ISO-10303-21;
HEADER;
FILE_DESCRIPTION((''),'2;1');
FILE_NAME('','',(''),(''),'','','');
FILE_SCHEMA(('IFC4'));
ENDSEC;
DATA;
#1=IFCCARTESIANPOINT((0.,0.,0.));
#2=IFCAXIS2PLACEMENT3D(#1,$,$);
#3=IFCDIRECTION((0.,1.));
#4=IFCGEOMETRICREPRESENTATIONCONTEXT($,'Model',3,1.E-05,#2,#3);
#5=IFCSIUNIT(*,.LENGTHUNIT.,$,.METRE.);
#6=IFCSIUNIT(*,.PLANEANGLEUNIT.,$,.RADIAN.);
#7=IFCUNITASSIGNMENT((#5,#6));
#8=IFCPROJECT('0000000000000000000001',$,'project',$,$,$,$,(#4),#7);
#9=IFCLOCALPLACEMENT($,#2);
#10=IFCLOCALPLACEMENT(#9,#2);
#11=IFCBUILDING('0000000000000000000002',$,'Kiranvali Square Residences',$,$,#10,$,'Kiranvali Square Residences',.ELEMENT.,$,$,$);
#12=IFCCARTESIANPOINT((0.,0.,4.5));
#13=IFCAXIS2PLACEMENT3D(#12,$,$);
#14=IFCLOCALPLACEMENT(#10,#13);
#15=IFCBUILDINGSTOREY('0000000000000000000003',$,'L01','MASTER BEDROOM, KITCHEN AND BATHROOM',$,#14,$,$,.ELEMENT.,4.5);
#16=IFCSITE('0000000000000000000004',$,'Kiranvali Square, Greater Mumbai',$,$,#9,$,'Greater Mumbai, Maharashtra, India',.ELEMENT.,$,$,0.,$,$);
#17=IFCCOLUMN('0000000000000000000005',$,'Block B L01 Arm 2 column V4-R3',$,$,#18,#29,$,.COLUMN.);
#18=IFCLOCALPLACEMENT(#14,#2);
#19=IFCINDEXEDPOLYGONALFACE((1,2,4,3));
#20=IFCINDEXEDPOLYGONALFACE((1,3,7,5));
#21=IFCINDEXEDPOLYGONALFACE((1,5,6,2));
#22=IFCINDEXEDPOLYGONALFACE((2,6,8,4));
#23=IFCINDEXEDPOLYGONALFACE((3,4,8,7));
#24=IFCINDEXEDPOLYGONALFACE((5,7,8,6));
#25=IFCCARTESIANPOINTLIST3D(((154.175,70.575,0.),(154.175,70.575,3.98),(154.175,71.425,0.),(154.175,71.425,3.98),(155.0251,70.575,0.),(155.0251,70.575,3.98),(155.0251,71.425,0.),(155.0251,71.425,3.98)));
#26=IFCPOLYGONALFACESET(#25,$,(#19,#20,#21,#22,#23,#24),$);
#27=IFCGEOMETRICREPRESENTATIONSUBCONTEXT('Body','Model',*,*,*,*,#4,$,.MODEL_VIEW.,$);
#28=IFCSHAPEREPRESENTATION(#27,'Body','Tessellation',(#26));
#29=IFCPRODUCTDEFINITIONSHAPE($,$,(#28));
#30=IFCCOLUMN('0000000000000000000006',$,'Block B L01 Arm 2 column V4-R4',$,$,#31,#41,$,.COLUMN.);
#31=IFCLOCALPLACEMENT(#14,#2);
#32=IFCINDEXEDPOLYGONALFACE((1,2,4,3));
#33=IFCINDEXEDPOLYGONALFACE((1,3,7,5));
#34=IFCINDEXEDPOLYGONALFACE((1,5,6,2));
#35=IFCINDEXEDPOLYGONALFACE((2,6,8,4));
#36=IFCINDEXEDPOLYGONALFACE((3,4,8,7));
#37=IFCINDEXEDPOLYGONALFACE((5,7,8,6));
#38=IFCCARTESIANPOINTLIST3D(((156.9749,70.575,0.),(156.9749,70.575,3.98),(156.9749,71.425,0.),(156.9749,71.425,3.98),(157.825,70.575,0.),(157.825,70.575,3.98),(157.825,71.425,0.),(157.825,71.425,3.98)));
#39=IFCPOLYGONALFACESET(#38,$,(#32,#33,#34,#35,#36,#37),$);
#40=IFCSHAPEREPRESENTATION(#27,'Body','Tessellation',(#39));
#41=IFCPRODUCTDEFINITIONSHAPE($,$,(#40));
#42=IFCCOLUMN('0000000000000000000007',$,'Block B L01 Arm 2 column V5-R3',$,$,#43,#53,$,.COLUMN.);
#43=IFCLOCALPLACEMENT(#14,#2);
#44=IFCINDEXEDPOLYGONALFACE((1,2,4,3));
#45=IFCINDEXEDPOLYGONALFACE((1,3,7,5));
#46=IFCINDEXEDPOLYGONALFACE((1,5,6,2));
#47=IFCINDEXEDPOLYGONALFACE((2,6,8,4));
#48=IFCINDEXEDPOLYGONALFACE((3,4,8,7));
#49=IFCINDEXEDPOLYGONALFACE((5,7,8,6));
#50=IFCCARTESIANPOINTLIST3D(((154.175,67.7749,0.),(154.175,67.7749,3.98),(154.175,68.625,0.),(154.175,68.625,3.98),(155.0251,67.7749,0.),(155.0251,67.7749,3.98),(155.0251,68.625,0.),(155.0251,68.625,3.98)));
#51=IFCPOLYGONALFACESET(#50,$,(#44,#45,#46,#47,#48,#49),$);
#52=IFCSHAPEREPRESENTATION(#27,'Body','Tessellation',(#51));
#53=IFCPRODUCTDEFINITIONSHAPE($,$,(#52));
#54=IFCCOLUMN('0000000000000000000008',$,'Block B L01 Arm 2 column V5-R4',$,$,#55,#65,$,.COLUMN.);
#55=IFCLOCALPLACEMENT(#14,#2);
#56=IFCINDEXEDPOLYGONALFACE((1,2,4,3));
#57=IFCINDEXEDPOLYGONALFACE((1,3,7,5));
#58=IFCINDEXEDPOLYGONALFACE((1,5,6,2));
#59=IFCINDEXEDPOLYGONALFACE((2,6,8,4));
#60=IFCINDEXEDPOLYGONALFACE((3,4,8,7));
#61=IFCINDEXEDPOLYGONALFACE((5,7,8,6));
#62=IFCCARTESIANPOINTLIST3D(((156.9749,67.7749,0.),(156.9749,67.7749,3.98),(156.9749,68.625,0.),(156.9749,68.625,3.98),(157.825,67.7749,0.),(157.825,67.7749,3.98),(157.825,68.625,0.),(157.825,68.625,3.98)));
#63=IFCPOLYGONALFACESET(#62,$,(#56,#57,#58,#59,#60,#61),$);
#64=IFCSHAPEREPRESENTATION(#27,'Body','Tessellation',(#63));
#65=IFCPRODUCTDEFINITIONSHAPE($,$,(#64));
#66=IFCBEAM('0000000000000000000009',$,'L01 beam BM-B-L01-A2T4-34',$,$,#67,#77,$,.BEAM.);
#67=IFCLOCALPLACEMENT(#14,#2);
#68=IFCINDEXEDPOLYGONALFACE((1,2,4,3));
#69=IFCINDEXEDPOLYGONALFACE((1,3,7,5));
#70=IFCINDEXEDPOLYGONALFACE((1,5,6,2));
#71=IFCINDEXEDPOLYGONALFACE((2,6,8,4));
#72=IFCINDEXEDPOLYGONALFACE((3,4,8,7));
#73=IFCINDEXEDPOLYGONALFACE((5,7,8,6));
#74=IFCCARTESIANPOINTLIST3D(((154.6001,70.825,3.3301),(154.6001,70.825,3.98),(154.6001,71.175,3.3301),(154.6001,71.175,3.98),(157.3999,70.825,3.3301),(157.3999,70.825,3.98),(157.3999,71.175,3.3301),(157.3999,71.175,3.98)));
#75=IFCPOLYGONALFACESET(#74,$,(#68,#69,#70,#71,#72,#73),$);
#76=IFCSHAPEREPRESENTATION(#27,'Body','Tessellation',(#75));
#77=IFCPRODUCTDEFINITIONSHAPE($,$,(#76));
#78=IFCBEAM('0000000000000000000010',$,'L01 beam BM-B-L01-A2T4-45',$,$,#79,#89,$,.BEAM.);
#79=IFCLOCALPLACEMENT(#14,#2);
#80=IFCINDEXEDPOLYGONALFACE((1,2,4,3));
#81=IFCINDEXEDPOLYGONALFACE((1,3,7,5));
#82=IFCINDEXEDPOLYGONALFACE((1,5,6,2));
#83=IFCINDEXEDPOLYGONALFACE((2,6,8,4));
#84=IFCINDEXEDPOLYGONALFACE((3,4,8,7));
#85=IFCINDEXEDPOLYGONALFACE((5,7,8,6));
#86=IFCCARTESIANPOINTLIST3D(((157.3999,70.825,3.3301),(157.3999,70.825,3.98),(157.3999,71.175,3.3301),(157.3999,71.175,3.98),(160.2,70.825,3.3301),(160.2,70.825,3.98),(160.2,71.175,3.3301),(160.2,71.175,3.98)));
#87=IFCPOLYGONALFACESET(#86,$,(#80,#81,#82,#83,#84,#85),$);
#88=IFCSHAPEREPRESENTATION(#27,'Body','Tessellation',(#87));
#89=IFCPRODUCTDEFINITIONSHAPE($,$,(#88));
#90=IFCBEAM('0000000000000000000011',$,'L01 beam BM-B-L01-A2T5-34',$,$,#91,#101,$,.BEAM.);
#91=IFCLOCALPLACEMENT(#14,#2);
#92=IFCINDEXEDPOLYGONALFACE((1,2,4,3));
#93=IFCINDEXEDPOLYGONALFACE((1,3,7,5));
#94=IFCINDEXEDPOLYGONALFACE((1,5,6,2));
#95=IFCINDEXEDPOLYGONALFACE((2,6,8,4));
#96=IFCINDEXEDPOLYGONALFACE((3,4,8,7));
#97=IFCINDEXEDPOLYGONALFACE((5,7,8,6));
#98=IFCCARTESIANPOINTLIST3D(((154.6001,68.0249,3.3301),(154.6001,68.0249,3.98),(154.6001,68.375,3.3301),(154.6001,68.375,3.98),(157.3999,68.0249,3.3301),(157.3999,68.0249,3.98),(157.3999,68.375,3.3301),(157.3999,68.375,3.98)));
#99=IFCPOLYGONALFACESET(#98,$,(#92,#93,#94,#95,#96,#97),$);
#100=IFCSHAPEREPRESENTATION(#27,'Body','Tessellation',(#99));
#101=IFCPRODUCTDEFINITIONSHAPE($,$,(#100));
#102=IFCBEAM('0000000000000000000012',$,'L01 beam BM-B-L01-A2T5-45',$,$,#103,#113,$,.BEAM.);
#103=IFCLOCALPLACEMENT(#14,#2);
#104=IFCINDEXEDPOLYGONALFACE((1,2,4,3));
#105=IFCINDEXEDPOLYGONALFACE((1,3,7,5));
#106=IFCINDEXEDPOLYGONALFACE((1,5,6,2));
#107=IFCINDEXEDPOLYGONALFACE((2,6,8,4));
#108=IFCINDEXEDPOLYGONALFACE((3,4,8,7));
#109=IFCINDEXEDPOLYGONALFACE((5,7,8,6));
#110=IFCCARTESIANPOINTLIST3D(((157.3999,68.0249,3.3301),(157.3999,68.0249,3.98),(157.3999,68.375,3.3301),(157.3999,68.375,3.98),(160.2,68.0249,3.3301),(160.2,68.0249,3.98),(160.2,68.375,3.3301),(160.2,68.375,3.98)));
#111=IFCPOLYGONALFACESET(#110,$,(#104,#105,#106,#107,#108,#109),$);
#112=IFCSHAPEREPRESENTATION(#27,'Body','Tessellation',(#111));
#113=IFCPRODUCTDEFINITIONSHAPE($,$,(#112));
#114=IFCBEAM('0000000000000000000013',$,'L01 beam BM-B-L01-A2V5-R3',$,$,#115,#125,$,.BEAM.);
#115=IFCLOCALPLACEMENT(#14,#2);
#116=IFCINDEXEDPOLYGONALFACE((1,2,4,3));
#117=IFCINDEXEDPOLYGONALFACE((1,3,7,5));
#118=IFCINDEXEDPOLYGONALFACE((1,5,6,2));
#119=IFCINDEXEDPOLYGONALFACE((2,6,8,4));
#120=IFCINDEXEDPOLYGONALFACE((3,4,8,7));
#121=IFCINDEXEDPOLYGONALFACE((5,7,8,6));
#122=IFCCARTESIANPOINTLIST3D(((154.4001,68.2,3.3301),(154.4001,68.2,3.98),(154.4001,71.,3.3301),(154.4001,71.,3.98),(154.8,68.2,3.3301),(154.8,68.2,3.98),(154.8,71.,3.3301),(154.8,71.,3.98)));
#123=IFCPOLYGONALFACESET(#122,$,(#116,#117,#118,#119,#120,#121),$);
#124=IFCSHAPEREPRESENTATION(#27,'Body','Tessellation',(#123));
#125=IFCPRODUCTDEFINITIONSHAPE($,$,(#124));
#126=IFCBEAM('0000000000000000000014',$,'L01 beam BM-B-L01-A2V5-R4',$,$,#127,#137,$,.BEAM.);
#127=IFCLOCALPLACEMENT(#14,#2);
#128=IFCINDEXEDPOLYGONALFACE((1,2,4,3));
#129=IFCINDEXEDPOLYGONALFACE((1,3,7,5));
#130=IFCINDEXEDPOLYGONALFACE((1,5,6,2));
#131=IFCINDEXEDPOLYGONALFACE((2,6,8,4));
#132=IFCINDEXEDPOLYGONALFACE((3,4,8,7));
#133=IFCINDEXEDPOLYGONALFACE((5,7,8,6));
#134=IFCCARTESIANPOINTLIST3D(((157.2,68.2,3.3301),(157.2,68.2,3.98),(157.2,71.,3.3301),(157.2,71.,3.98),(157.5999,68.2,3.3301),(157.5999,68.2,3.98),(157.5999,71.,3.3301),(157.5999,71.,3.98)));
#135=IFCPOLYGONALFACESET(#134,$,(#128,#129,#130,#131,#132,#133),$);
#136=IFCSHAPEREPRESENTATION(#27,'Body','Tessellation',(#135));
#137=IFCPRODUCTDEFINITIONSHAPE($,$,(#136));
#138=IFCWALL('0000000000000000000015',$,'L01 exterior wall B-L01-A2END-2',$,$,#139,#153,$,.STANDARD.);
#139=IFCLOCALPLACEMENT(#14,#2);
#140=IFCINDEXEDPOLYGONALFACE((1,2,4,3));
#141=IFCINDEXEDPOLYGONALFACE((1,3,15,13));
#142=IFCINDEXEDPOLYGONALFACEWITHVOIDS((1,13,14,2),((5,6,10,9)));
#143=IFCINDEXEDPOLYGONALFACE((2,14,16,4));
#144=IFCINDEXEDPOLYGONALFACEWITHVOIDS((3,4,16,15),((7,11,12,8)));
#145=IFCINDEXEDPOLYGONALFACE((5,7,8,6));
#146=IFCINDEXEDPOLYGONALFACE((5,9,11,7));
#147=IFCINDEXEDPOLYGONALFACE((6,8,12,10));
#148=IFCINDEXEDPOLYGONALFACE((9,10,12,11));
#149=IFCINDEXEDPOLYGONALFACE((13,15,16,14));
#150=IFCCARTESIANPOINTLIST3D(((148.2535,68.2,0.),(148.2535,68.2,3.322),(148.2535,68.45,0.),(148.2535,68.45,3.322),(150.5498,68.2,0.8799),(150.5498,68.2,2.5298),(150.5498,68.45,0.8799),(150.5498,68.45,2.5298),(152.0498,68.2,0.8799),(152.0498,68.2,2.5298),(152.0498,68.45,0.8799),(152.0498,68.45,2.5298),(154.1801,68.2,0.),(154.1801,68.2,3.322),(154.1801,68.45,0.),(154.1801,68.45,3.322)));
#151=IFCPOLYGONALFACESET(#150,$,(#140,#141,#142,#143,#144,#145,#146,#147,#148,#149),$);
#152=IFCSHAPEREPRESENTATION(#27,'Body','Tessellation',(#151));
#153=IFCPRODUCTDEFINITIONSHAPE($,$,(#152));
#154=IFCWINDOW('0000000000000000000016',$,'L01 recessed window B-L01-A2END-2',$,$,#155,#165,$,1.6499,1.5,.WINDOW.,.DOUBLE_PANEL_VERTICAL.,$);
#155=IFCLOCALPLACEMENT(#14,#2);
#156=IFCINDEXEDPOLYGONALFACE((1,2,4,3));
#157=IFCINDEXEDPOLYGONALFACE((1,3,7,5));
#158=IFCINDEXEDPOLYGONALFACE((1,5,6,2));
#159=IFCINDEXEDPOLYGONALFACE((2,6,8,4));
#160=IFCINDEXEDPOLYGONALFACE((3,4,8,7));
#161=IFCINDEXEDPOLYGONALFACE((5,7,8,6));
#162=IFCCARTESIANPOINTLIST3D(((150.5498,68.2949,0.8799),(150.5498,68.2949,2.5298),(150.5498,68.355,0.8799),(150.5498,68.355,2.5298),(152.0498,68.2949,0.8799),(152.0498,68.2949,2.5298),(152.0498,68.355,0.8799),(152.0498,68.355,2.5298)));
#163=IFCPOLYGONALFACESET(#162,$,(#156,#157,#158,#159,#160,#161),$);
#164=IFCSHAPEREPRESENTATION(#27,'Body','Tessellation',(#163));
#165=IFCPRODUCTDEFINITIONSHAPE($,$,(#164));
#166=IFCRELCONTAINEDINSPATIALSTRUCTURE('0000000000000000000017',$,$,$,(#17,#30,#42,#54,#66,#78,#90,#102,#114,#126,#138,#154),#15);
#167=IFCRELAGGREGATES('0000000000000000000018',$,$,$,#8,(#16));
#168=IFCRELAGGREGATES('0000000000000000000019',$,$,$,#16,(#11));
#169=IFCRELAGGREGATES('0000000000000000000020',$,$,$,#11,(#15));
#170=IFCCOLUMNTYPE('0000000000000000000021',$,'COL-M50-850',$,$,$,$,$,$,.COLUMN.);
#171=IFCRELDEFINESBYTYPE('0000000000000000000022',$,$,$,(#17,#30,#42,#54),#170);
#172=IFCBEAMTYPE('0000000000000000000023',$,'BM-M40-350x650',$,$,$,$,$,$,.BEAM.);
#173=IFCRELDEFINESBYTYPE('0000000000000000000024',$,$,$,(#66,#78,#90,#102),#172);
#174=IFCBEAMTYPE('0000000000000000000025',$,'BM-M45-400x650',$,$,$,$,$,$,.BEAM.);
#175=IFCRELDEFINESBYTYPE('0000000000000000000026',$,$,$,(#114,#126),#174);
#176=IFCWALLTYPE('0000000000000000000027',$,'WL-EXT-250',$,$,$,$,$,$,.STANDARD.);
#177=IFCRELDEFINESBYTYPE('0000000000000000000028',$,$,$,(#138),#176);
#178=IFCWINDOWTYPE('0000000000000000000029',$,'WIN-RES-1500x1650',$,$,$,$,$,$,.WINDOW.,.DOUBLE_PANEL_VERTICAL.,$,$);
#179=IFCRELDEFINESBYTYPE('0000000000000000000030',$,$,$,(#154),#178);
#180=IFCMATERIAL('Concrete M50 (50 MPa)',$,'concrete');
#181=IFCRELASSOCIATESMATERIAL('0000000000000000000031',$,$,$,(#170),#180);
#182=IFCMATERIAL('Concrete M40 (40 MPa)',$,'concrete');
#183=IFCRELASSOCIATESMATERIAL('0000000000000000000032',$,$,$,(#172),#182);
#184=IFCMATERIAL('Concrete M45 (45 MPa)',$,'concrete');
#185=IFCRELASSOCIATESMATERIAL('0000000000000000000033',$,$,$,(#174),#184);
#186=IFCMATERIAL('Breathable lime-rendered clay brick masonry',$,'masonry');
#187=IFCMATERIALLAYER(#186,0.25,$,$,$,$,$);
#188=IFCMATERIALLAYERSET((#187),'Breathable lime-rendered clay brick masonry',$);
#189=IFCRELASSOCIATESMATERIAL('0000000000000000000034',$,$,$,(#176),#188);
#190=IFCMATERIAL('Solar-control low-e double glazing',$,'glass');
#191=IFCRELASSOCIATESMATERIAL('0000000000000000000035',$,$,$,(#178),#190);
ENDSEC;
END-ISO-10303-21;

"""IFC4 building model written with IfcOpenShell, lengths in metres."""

from ifc_helpers import new_model, si_unit, direction, frame, frame_2d, origin, origin_2d, place, context, subcontext, project, spatial, rectangle, extrude, material, layer, layer_set, material_profile, profile_set, type_object, element, fill, save


model = new_model("IFC4")

# Units and contexts
model_context = context("Model", 3, precision=1e-05, world=origin(), true_north=direction((0.0, 1.0)))
body_context = subcontext(model_context, "Body", "Model", "MODEL_VIEW")
ifc_project = project(units=[si_unit("LENGTHUNIT", "METRE"), si_unit("PLANEANGLEUNIT", "RADIAN")], contexts=[model_context])

# Site, building, storey
site_placement = place(None, origin())
site = spatial("IfcSite", under=ifc_project, at=site_placement, Name="Kiranvali Square, Greater Mumbai", LongName="Greater Mumbai, Maharashtra, India", CompositionType="ELEMENT", RefElevation=0.0)
building_placement = place(site_placement, origin())
building = spatial("IfcBuilding", under=site, at=building_placement, Name="Kiranvali Square Residences", LongName="Kiranvali Square Residences", CompositionType="ELEMENT")
storey_placement = place(building_placement, frame((0.0, 0.0, 4.5)))
storey = spatial("IfcBuildingStorey", under=building, at=storey_placement, Name="L01", Description="MASTER BEDROOM, KITCHEN AND BATHROOM", CompositionType="ELEMENT", Elevation=4.5)

# Columns
ifc_material_1 = material(Name="Concrete M50 (50 MPa)", Category="concrete")
ifc_material_profile_1 = material_profile(ifc_material_1, rectangle(XDim=0.8501, YDim=0.8501, at=origin_2d()), Name="RC 850x850")
ifc_profile_set_1 = profile_set([ifc_material_profile_1], Name="Concrete M50 (50 MPa)")
column_type = type_object("IfcColumnType", Name="COL-M50-850", PredefinedType="COLUMN", material=ifc_profile_set_1)
for number, where, z_axis, x_axis, name in (
    (1, (154.6001, 71.0, 0.0), (0.0, 0.0, 1.0), (1.0, 0.0, 0.0), "Block B L01 Arm 2 column V4-R3"),
    (2, (157.3999, 71.0, 0.0), (0.0, 0.0, 1.0), (1.0, 0.0, 0.0), "Block B L01 Arm 2 column V4-R4"),
    (3, (154.6001, 68.2, 0.0), (0.0, 0.0, 1.0), (1.0, 0.0, 0.0), "Block B L01 Arm 2 column V5-R3"),
    (4, (157.3999, 68.2, 0.0), (0.0, 0.0, 1.0), (1.0, 0.0, 0.0), "Block B L01 Arm 2 column V5-R4"),
):
    element("IfcColumn", number, at=place(storey_placement, frame(where, z_axis=z_axis, x_axis=x_axis)), inside=storey, type_object=column_type, Name=name, PredefinedType="COLUMN", context=body_context, shape_type="SweptSolid", body=[
        extrude(rectangle(XDim=0.8501, YDim=0.8501, at=origin_2d()), origin(), (0.0, 0.0, 1.0), 3.98),
    ])

# Beams
ifc_material_2 = material(Name="Concrete M40 (40 MPa)", Category="concrete")
ifc_material_profile_2 = material_profile(ifc_material_2, rectangle(XDim=0.3501, YDim=0.6499, at=origin_2d()), Name="RC 350x650")
ifc_profile_set_2 = profile_set([ifc_material_profile_2], Name="Concrete M40 (40 MPa)")
beam_type_1 = type_object("IfcBeamType", Name="BM-M40-350x650", PredefinedType="BEAM", material=ifc_profile_set_2)
beam_1_placement = place(storey_placement, frame((154.6001, 71.0, 3.655), z_axis=(1.0, 0.0, 0.0), x_axis=(0.0, 1.0, 0.0)))
element("IfcBeam", 5, at=beam_1_placement, inside=storey, type_object=beam_type_1, Name="L01 beam BM-B-L01-A2T4-34", PredefinedType="BEAM", context=body_context, shape_type="SweptSolid", body=[
    extrude(rectangle(XDim=0.3501, YDim=0.6499, at=origin_2d()), origin(), (0.0, 0.0, 1.0), 2.7998),
])
beam_2_placement = place(storey_placement, frame((157.3999, 71.0, 3.655), z_axis=(1.0, 0.0, 0.0), x_axis=(0.0, 1.0, 0.0)))
element("IfcBeam", 6, at=beam_2_placement, inside=storey, type_object=beam_type_1, Name="L01 beam BM-B-L01-A2T4-45", PredefinedType="BEAM", context=body_context, shape_type="SweptSolid", body=[
    extrude(rectangle(XDim=0.3501, YDim=0.6499, at=origin_2d()), origin(), (0.0, 0.0, 1.0), 2.8),
])
beam_3_placement = place(storey_placement, frame((154.6001, 68.2, 3.655), z_axis=(1.0, 0.0, 0.0), x_axis=(0.0, 1.0, 0.0)))
element("IfcBeam", 7, at=beam_3_placement, inside=storey, type_object=beam_type_1, Name="L01 beam BM-B-L01-A2T5-34", PredefinedType="BEAM", context=body_context, shape_type="SweptSolid", body=[
    extrude(rectangle(XDim=0.3501, YDim=0.6499, at=origin_2d()), origin(), (0.0, 0.0, 1.0), 2.7998),
])
beam_4_placement = place(storey_placement, frame((157.3999, 68.2, 3.655), z_axis=(1.0, 0.0, 0.0), x_axis=(0.0, 1.0, 0.0)))
element("IfcBeam", 8, at=beam_4_placement, inside=storey, type_object=beam_type_1, Name="L01 beam BM-B-L01-A2T5-45", PredefinedType="BEAM", context=body_context, shape_type="SweptSolid", body=[
    extrude(rectangle(XDim=0.3501, YDim=0.6499, at=origin_2d()), origin(), (0.0, 0.0, 1.0), 2.8),
])
ifc_material_3 = material(Name="Concrete M45 (45 MPa)", Category="concrete")
ifc_material_profile_3 = material_profile(ifc_material_3, rectangle(XDim=0.3999, YDim=0.6499, at=origin_2d()), Name="RC 400x650")
ifc_profile_set_3 = profile_set([ifc_material_profile_3], Name="Concrete M45 (45 MPa)")
beam_type_2 = type_object("IfcBeamType", Name="BM-M45-400x650", PredefinedType="BEAM", material=ifc_profile_set_3)
for number, where, z_axis, x_axis, name in (
    (9, (154.6001, 71.0, 3.655), (0.0, -1.0, 0.0), (1.0, 0.0, 0.0), "L01 beam BM-B-L01-A2V5-R3"),
    (10, (157.3999, 71.0, 3.655), (0.0, -1.0, 0.0), (1.0, 0.0, 0.0), "L01 beam BM-B-L01-A2V5-R4"),
):
    element("IfcBeam", number, at=place(storey_placement, frame(where, z_axis=z_axis, x_axis=x_axis)), inside=storey, type_object=beam_type_2, Name=name, PredefinedType="BEAM", context=body_context, shape_type="SweptSolid", body=[
        extrude(rectangle(XDim=0.3999, YDim=0.6499, at=origin_2d()), origin(), (0.0, 0.0, 1.0), 2.8),
    ])

# Wall, opening, window
ifc_material_4 = material(Name="Breathable lime-rendered clay brick masonry", Category="masonry")
ifc_layer_1 = layer(ifc_material_4, 0.25)
ifc_layer_set_1 = layer_set([ifc_layer_1], Name="Breathable lime-rendered clay brick masonry")
wall_type_1 = type_object("IfcWallType", Name="WL-EXT-250", PredefinedType="STANDARD", material=ifc_layer_set_1)
wall_1_placement = place(storey_placement, frame((148.2534, 68.325, 0.0), z_axis=(0.0, 0.0, 1.0), x_axis=(1.0, 0.0, 0.0)))
wall_1 = element("IfcWall", 11, at=wall_1_placement, inside=storey, type_object=wall_type_1, Name="L01 exterior wall B-L01-A2END-2", PredefinedType="STANDARD", context=body_context, shape_type="SweptSolid", body=[
    extrude(rectangle(XDim=5.9265, YDim=0.25, at=frame_2d((2.9634, 0.0))), origin(), (0.0, 0.0, 1.0), 3.322),
])
opening_1_placement = place(wall_1_placement, frame((2.2964, 0.0, 0.8799)))
opening_1 = element("IfcOpeningElement", 12, at=opening_1_placement, cuts=wall_1, PredefinedType="OPENING", context=body_context, shape_type="SweptSolid", body=[
    extrude(rectangle(XDim=1.5, YDim=1.6499, at=frame_2d((0.75, 0.825))), frame((0.0, 0.135, 0.0), z_axis=(0.0, -1.0, 0.0), x_axis=(1.0, 0.0, 0.0)), (0.0, 0.0, 1.0), 0.27),
])
ifc_material_5 = material(Name="Solar-control low-e double glazing", Category="glass")
window_type_1 = type_object("IfcWindowType", Name="WIN-RES-1500x1650", PartitioningType="DOUBLE_PANEL_VERTICAL", PredefinedType="WINDOW", material=ifc_material_5)
window_1_placement = place(opening_1_placement, origin())
window_1 = element("IfcWindow", 13, at=window_1_placement, inside=storey, type_object=window_type_1, Name="L01 recessed window B-L01-A2END-2", OverallHeight=1.6499, OverallWidth=1.5, PartitioningType="DOUBLE_PANEL_VERTICAL", PredefinedType="WINDOW", context=body_context, shape_type="SweptSolid", body=[
    extrude(rectangle(XDim=1.5, YDim=1.6499, at=frame_2d((0.75, 0.825))), frame((0.0, 0.03, 0.0), z_axis=(0.0, -1.0, 0.0), x_axis=(1.0, 0.0, 0.0)), (0.0, 0.0, 1.0), 0.0601),
])
fill(opening_1, window_1)

save(model, "model.ifc")
